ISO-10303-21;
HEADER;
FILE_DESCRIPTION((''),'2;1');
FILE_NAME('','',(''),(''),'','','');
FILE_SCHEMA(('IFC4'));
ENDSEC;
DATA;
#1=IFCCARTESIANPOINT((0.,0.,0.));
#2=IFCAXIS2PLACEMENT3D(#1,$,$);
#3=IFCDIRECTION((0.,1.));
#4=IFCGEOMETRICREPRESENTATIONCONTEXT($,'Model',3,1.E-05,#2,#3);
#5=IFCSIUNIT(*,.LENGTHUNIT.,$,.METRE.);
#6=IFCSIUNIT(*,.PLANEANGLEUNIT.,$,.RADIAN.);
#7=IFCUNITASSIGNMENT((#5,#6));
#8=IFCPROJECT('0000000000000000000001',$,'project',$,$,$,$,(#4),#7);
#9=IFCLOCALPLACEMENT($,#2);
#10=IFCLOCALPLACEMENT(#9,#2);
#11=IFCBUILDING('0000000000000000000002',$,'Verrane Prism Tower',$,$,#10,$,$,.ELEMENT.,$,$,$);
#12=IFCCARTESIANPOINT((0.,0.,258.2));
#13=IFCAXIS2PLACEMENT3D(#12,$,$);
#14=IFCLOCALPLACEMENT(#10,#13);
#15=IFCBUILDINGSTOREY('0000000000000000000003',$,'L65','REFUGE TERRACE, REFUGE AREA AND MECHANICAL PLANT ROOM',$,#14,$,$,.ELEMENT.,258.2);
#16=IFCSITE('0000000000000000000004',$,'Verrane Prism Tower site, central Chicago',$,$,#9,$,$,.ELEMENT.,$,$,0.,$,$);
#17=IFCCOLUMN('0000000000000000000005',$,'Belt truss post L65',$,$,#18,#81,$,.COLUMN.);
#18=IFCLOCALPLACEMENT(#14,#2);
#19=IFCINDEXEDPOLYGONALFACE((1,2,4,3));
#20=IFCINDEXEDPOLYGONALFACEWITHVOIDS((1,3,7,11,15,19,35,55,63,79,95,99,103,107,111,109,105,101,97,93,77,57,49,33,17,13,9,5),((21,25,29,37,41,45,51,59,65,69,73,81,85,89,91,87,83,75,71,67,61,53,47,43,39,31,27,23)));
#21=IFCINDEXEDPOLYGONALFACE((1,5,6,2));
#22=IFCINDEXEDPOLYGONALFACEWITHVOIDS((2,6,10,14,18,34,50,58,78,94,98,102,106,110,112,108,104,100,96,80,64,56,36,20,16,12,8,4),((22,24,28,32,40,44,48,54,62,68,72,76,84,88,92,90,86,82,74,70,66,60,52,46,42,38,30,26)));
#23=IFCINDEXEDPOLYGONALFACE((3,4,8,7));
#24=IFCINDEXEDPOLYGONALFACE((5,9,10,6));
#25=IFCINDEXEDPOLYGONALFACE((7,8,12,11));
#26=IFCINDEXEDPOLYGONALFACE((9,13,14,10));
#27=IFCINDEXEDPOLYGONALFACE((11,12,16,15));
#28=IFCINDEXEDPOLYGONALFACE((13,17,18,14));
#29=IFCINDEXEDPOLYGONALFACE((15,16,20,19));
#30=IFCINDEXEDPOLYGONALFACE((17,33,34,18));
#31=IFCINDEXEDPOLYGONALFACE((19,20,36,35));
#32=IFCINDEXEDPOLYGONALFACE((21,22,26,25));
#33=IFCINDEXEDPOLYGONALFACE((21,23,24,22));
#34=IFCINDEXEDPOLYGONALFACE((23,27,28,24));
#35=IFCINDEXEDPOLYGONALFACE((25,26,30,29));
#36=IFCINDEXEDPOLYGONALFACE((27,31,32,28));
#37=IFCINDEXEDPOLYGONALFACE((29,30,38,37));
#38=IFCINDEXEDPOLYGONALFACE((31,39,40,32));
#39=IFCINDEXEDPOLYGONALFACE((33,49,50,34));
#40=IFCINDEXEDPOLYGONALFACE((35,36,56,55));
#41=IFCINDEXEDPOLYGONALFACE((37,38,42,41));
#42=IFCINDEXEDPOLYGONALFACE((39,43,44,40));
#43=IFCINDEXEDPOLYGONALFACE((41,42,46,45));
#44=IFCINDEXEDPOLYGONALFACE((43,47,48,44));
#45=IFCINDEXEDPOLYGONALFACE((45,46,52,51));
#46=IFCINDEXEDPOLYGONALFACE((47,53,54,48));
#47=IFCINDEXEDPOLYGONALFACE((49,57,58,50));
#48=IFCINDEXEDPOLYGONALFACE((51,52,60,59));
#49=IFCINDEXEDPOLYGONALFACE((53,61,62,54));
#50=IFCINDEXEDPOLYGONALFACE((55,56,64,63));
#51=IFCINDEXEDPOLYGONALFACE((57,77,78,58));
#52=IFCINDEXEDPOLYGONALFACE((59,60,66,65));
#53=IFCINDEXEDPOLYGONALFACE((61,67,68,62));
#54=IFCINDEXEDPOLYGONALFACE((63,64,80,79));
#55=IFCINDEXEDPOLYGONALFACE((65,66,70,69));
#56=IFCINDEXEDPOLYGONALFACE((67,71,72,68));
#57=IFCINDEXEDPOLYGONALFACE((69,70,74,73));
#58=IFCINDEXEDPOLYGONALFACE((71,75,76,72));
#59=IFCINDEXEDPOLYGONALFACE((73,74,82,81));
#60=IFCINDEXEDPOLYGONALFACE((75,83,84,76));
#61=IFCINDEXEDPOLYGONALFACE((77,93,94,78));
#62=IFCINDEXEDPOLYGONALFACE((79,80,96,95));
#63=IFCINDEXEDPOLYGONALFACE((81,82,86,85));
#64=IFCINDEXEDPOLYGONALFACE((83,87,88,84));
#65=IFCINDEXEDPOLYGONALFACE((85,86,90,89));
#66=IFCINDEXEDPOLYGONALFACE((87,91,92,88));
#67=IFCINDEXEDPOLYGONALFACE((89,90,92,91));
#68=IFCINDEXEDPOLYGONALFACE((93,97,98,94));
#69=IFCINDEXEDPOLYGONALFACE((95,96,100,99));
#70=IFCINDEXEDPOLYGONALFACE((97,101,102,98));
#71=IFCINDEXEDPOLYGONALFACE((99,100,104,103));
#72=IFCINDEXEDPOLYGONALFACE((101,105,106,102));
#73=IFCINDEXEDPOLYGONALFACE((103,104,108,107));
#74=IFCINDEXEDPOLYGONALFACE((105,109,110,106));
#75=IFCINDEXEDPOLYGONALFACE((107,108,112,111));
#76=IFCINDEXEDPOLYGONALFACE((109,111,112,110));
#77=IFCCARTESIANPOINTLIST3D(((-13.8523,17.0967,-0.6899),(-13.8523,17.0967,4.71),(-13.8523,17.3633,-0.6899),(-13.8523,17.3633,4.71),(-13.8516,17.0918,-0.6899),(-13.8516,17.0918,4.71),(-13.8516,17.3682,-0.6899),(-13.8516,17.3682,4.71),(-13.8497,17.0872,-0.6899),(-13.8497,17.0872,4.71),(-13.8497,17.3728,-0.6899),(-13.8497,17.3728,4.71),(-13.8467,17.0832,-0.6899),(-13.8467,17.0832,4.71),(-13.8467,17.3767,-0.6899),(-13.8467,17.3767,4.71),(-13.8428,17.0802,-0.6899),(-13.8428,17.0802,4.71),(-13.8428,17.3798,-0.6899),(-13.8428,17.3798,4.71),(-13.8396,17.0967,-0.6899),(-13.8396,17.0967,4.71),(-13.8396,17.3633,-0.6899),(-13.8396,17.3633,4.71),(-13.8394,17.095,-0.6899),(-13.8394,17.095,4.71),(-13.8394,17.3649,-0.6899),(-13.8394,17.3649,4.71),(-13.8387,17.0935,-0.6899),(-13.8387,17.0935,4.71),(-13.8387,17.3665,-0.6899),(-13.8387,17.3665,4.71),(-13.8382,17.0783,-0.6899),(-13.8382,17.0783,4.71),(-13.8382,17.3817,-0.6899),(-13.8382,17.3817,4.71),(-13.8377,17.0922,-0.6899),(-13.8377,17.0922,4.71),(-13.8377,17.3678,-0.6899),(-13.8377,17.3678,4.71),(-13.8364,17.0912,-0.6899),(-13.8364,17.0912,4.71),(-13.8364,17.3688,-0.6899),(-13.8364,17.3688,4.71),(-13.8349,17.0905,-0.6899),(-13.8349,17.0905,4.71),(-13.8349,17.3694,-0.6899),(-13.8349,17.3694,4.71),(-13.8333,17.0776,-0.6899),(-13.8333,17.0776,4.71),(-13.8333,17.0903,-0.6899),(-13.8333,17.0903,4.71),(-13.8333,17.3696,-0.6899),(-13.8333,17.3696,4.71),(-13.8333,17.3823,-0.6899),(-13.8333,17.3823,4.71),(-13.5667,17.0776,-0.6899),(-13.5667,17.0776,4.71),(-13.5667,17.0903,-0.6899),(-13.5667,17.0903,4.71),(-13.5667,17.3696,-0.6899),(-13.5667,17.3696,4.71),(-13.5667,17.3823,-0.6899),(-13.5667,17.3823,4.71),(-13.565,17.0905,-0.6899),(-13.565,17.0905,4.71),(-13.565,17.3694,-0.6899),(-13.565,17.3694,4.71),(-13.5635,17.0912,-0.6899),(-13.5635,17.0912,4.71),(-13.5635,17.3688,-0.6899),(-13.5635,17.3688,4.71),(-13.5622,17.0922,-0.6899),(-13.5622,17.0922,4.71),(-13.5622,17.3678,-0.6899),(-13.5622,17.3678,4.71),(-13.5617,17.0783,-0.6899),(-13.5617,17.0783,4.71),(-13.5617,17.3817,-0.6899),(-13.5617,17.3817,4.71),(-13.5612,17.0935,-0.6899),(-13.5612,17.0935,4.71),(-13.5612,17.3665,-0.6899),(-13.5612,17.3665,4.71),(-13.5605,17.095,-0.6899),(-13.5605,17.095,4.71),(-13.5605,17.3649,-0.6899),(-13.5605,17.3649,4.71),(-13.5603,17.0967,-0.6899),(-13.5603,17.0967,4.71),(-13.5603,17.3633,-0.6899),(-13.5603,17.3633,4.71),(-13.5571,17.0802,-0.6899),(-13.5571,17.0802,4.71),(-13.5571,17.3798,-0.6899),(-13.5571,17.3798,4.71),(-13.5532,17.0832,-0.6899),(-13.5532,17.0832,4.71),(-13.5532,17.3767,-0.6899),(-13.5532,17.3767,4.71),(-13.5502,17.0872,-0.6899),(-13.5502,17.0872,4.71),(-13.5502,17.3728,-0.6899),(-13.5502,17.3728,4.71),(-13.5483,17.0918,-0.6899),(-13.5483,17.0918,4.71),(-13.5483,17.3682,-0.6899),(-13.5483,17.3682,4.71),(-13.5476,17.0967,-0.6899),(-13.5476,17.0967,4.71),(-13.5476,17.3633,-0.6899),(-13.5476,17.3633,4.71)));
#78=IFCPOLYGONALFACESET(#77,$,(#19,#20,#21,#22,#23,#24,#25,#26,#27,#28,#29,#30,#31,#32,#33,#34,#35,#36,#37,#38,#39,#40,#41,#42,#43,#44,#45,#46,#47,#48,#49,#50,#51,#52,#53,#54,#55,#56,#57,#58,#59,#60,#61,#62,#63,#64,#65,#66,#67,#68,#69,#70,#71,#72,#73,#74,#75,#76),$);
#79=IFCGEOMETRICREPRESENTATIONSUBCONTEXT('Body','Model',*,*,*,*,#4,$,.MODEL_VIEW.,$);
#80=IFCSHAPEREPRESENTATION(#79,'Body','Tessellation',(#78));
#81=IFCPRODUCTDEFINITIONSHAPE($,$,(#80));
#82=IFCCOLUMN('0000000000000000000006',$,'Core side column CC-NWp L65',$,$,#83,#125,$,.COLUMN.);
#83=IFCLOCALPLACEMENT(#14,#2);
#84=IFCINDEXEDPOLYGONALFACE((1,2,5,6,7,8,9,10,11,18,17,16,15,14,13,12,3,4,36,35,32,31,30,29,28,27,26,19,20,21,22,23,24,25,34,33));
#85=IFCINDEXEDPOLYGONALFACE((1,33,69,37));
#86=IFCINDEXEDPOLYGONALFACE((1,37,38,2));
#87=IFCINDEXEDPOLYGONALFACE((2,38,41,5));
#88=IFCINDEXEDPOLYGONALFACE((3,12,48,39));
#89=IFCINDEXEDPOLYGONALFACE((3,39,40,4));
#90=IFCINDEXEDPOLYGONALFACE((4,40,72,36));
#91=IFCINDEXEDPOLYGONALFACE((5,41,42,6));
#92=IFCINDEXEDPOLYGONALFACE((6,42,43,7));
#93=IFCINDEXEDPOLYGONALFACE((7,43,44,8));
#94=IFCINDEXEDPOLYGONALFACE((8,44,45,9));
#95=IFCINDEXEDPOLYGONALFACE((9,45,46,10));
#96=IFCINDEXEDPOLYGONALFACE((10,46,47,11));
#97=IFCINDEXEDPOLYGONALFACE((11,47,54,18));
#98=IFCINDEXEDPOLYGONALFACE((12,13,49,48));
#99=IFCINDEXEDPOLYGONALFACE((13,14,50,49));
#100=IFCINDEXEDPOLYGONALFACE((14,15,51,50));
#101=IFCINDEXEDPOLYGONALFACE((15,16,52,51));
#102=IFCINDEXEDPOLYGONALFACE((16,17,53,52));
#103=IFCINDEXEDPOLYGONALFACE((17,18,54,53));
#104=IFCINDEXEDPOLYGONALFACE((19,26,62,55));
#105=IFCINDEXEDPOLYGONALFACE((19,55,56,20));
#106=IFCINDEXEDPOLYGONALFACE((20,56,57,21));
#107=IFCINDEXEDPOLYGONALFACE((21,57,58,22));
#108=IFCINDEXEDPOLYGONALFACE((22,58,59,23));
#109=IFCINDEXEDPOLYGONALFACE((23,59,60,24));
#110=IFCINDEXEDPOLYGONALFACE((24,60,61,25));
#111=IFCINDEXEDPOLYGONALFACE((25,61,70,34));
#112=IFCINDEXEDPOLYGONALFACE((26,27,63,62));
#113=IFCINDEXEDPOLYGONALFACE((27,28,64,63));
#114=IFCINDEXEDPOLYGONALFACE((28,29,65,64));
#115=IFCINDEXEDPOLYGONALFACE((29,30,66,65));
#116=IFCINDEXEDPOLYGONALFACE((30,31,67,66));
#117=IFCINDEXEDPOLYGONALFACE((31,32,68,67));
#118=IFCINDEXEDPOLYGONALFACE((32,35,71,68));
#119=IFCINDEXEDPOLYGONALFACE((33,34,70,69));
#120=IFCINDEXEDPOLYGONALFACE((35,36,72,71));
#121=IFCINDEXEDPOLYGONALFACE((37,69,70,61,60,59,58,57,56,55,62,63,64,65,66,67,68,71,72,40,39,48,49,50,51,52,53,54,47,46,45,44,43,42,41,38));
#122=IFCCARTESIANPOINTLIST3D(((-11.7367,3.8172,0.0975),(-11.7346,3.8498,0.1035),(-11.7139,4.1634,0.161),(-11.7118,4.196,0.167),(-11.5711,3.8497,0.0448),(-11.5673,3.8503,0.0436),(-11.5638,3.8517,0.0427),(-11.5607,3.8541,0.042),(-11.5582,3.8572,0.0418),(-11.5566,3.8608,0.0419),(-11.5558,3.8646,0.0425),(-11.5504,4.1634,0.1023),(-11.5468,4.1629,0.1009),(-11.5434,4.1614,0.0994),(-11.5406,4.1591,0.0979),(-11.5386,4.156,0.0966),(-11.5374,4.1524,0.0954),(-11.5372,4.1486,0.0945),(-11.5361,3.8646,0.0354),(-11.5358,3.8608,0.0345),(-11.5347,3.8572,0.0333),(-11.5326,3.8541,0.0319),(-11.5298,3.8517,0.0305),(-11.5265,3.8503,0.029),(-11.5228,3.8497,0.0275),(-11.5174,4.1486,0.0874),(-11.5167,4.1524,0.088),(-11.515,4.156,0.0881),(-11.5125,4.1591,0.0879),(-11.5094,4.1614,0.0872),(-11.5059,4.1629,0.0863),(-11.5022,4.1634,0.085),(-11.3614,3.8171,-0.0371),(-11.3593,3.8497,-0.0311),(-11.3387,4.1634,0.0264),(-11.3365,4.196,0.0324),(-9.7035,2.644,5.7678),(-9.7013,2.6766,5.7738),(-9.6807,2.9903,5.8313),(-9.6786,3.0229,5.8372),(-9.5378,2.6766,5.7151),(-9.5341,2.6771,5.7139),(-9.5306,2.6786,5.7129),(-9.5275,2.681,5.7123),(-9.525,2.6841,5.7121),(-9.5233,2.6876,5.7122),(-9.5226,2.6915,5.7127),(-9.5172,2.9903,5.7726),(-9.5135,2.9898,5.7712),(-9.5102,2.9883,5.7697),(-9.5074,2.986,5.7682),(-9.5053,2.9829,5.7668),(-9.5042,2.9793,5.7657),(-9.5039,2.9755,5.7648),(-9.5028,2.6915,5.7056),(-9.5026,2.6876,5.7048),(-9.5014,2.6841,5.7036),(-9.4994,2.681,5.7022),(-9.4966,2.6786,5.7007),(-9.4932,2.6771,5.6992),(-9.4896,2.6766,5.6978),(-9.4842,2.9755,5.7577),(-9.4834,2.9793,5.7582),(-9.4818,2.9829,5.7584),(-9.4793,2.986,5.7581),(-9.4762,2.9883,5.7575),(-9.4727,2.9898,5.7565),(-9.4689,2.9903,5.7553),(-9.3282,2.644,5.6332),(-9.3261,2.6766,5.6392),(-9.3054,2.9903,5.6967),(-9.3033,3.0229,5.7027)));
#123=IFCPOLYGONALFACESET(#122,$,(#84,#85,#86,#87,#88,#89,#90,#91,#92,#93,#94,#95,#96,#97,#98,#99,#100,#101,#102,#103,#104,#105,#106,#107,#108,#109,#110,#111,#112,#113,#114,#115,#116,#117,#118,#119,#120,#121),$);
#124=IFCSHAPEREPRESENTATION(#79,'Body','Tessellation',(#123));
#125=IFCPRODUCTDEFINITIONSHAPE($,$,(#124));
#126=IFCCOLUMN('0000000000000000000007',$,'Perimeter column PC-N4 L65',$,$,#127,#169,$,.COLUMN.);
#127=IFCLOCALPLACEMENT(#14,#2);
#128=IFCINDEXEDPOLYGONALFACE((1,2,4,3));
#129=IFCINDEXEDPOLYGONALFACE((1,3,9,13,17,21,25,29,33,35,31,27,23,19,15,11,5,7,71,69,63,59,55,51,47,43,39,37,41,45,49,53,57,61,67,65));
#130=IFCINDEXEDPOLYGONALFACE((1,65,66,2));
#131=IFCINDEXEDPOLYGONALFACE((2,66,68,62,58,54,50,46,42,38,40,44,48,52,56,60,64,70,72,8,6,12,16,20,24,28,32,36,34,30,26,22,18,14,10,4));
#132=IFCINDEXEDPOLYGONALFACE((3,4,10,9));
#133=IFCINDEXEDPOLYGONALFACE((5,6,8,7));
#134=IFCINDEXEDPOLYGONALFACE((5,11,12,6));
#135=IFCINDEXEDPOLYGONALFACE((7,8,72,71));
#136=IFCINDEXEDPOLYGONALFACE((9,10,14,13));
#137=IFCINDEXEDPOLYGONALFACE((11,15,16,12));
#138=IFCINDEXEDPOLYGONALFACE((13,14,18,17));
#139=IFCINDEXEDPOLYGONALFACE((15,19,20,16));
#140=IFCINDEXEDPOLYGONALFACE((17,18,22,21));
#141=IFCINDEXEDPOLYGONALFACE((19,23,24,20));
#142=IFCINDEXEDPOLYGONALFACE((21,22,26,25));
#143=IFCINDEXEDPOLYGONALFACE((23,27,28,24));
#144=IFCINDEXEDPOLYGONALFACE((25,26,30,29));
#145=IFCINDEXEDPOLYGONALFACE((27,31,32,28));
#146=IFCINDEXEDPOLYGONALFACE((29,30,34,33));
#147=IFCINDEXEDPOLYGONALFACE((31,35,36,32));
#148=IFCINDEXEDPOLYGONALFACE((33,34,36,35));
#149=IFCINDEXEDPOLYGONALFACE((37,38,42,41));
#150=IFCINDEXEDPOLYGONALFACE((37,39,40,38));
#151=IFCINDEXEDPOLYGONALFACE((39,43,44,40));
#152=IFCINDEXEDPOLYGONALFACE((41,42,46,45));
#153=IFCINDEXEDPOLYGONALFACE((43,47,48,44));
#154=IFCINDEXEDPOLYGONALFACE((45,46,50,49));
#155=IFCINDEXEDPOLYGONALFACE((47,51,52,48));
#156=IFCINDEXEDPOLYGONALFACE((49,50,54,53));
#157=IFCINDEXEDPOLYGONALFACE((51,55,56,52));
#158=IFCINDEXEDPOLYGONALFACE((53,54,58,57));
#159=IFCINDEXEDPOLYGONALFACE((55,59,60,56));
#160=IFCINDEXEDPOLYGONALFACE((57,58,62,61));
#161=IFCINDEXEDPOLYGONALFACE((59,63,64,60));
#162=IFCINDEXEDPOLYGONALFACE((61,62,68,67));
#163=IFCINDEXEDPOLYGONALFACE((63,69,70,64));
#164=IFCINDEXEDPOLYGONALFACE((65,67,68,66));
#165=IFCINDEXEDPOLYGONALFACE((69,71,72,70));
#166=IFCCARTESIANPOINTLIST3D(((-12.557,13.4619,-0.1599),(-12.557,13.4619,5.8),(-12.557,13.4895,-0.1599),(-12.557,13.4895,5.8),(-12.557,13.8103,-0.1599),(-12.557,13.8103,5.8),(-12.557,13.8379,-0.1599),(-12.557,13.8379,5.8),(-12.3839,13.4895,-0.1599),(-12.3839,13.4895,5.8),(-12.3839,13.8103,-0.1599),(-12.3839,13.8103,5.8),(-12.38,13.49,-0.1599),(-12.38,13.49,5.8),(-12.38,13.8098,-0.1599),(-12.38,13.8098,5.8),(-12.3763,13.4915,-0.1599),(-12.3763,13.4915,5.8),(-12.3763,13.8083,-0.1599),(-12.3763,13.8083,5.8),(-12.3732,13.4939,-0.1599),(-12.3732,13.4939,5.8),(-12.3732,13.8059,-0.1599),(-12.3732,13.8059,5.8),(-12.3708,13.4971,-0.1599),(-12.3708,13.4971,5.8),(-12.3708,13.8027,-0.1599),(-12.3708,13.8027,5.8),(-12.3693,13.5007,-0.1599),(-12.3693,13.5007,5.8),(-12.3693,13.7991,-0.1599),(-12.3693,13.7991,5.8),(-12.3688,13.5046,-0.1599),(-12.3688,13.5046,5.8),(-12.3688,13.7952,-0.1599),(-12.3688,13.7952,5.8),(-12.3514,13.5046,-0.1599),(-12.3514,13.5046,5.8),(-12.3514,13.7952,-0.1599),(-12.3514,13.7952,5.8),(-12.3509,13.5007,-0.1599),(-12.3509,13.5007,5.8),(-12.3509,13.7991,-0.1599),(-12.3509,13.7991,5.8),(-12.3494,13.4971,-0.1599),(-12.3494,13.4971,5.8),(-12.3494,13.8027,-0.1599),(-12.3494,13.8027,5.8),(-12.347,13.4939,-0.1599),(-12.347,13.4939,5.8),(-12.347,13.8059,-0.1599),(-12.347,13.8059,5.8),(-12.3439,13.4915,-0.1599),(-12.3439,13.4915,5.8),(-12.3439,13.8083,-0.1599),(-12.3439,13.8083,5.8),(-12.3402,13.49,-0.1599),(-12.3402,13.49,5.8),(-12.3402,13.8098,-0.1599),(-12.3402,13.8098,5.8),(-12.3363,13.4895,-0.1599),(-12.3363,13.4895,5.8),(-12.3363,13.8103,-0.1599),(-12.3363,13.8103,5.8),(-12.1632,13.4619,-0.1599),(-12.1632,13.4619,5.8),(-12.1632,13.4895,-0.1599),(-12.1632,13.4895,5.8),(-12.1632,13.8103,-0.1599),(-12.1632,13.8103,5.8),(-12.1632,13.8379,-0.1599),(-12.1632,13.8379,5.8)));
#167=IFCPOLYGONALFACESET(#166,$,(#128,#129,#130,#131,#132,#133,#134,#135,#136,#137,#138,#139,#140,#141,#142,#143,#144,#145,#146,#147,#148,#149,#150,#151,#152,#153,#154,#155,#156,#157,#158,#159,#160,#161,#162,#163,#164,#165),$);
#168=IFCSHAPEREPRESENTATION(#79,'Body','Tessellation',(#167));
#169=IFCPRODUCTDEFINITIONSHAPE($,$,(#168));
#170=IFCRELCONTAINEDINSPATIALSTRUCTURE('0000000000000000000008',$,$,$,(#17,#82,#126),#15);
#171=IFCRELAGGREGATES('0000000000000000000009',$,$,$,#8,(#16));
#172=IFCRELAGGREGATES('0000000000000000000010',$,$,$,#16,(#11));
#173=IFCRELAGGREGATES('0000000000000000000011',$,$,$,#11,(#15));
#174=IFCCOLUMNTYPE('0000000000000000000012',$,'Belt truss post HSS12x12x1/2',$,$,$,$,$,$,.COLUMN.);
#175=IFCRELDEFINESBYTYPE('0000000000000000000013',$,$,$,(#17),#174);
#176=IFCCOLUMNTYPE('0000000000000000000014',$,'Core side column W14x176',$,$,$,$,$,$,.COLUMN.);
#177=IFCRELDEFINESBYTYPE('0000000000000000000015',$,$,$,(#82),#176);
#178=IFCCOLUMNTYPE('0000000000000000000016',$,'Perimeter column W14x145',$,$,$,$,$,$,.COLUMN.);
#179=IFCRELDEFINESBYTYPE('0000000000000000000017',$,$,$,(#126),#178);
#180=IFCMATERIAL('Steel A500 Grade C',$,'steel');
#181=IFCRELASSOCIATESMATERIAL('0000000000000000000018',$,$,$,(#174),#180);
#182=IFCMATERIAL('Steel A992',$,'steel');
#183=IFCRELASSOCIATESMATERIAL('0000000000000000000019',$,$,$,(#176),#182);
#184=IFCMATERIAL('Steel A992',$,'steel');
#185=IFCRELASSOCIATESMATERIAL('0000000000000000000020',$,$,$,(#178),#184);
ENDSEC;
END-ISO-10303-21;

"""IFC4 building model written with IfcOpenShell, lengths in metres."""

from ifc_helpers import new_model, si_unit, direction, frame, origin, origin_2d, place, context, subcontext, project, spatial, hollow_rectangle, i_section, extrude, material, material_profile, profile_set, type_object, element, save


model = new_model("IFC4")

# Units and contexts
model_context = context("Model", 3, precision=1e-05, world=origin(), true_north=direction((0.0, 1.0)))
body_context = subcontext(model_context, "Body", "Model", "MODEL_VIEW")
ifc_project = project(units=[si_unit("LENGTHUNIT", "METRE"), si_unit("PLANEANGLEUNIT", "RADIAN")], contexts=[model_context])

# Site, building, storey
site_placement = place(None, origin())
site = spatial("IfcSite", under=ifc_project, at=site_placement, Name="Verrane Prism Tower site, central Chicago", CompositionType="ELEMENT", RefElevation=0.0)
building_placement = place(site_placement, origin())
building = spatial("IfcBuilding", under=site, at=building_placement, Name="Verrane Prism Tower", CompositionType="ELEMENT")
storey_placement = place(building_placement, frame((0.0, 0.0, 258.2)))
storey = spatial("IfcBuildingStorey", under=building, at=storey_placement, Name="L65", Description="REFUGE TERRACE, REFUGE AREA AND MECHANICAL PLANT ROOM", CompositionType="ELEMENT", Elevation=258.2)

# Columns
ifc_material_1 = material(Name="Steel A500 Grade C", Category="steel")
ifc_material_profile_1 = material_profile(ifc_material_1, hollow_rectangle(XDim=0.3047, YDim=0.3047, WallThickness=0.0127, InnerFilletRadius=0.0063, OuterFilletRadius=0.019, at=origin_2d()), Name="HSS12x12x1/2")
ifc_profile_set_1 = profile_set([ifc_material_profile_1], Name="Steel A500 Grade C")
column_type_1 = type_object("IfcColumnType", Name="Belt truss post HSS12x12x1/2", PredefinedType="COLUMN", material=ifc_profile_set_1)
column_1_placement = place(storey_placement, frame((-13.7, 17.23, -0.6899), z_axis=(0.0, 0.0, 1.0), x_axis=(1.0, 0.0, 0.0)))
element("IfcColumn", 1, at=column_1_placement, inside=storey, type_object=column_type_1, Name="Belt truss post L65", PredefinedType="COLUMN", context=body_context, shape_type="SweptSolid", body=[
    extrude(hollow_rectangle(XDim=0.3047, YDim=0.3047, WallThickness=0.0127, InnerFilletRadius=0.0063, OuterFilletRadius=0.019, at=origin_2d()), origin(), (0.0, 0.0, 1.0), 5.3999),
])
ifc_material_2 = material(Name="Steel A992", Category="steel")
ifc_material_profile_2 = material_profile(ifc_material_2, i_section(OverallWidth=0.3987, OverallDepth=0.386, WebThickness=0.021, FlangeThickness=0.0332, FilletRadius=0.0151, at=origin_2d()), Name="W14x176")
ifc_profile_set_2 = profile_set([ifc_material_profile_2], Name="Steel A992")
column_type_2 = type_object("IfcColumnType", Name="Core side column W14x176", PredefinedType="COLUMN", material=ifc_profile_set_2)
column_2_placement = place(storey_placement, frame((-11.5366, 4.0066, 0.0649), z_axis=(0.331311, -0.191156, 0.923955), x_axis=(0.94131, -0.000039, -0.337542)))
element("IfcColumn", 2, at=column_2_placement, inside=storey, type_object=column_type_2, Name="Core side column CC-NWp L65", PredefinedType="COLUMN", context=body_context, shape_type="SweptSolid", body=[
    extrude(i_section(OverallWidth=0.3987, OverallDepth=0.386, WebThickness=0.021, FlangeThickness=0.0332, FilletRadius=0.0151, at=origin_2d()), origin(), (0.0, 0.0, 1.0), 6.137),
])
ifc_material_3 = material(Name="Steel A992", Category="steel")
ifc_material_profile_3 = material_profile(ifc_material_3, i_section(OverallWidth=0.3938, OverallDepth=0.376, WebThickness=0.0173, FlangeThickness=0.0276, FilletRadius=0.0151, at=origin_2d()), Name="W14x145")
ifc_profile_set_3 = profile_set([ifc_material_profile_3], Name="Steel A992")
column_type_3 = type_object("IfcColumnType", Name="Perimeter column W14x145", PredefinedType="COLUMN", material=ifc_profile_set_3)
column_3_placement = place(storey_placement, frame((-12.3601, 13.6499, -0.1599), z_axis=(0.0, 0.0, 1.0), x_axis=(1.0, 0.0, 0.0)))
element("IfcColumn", 3, at=column_3_placement, inside=storey, type_object=column_type_3, Name="Perimeter column PC-N4 L65", PredefinedType="COLUMN", context=body_context, shape_type="SweptSolid", body=[
    extrude(i_section(OverallWidth=0.3938, OverallDepth=0.376, WebThickness=0.0173, FlangeThickness=0.0276, FilletRadius=0.0151, at=origin_2d()), origin(), (0.0, 0.0, 1.0), 5.96),
])

save(model, "model.ifc")
